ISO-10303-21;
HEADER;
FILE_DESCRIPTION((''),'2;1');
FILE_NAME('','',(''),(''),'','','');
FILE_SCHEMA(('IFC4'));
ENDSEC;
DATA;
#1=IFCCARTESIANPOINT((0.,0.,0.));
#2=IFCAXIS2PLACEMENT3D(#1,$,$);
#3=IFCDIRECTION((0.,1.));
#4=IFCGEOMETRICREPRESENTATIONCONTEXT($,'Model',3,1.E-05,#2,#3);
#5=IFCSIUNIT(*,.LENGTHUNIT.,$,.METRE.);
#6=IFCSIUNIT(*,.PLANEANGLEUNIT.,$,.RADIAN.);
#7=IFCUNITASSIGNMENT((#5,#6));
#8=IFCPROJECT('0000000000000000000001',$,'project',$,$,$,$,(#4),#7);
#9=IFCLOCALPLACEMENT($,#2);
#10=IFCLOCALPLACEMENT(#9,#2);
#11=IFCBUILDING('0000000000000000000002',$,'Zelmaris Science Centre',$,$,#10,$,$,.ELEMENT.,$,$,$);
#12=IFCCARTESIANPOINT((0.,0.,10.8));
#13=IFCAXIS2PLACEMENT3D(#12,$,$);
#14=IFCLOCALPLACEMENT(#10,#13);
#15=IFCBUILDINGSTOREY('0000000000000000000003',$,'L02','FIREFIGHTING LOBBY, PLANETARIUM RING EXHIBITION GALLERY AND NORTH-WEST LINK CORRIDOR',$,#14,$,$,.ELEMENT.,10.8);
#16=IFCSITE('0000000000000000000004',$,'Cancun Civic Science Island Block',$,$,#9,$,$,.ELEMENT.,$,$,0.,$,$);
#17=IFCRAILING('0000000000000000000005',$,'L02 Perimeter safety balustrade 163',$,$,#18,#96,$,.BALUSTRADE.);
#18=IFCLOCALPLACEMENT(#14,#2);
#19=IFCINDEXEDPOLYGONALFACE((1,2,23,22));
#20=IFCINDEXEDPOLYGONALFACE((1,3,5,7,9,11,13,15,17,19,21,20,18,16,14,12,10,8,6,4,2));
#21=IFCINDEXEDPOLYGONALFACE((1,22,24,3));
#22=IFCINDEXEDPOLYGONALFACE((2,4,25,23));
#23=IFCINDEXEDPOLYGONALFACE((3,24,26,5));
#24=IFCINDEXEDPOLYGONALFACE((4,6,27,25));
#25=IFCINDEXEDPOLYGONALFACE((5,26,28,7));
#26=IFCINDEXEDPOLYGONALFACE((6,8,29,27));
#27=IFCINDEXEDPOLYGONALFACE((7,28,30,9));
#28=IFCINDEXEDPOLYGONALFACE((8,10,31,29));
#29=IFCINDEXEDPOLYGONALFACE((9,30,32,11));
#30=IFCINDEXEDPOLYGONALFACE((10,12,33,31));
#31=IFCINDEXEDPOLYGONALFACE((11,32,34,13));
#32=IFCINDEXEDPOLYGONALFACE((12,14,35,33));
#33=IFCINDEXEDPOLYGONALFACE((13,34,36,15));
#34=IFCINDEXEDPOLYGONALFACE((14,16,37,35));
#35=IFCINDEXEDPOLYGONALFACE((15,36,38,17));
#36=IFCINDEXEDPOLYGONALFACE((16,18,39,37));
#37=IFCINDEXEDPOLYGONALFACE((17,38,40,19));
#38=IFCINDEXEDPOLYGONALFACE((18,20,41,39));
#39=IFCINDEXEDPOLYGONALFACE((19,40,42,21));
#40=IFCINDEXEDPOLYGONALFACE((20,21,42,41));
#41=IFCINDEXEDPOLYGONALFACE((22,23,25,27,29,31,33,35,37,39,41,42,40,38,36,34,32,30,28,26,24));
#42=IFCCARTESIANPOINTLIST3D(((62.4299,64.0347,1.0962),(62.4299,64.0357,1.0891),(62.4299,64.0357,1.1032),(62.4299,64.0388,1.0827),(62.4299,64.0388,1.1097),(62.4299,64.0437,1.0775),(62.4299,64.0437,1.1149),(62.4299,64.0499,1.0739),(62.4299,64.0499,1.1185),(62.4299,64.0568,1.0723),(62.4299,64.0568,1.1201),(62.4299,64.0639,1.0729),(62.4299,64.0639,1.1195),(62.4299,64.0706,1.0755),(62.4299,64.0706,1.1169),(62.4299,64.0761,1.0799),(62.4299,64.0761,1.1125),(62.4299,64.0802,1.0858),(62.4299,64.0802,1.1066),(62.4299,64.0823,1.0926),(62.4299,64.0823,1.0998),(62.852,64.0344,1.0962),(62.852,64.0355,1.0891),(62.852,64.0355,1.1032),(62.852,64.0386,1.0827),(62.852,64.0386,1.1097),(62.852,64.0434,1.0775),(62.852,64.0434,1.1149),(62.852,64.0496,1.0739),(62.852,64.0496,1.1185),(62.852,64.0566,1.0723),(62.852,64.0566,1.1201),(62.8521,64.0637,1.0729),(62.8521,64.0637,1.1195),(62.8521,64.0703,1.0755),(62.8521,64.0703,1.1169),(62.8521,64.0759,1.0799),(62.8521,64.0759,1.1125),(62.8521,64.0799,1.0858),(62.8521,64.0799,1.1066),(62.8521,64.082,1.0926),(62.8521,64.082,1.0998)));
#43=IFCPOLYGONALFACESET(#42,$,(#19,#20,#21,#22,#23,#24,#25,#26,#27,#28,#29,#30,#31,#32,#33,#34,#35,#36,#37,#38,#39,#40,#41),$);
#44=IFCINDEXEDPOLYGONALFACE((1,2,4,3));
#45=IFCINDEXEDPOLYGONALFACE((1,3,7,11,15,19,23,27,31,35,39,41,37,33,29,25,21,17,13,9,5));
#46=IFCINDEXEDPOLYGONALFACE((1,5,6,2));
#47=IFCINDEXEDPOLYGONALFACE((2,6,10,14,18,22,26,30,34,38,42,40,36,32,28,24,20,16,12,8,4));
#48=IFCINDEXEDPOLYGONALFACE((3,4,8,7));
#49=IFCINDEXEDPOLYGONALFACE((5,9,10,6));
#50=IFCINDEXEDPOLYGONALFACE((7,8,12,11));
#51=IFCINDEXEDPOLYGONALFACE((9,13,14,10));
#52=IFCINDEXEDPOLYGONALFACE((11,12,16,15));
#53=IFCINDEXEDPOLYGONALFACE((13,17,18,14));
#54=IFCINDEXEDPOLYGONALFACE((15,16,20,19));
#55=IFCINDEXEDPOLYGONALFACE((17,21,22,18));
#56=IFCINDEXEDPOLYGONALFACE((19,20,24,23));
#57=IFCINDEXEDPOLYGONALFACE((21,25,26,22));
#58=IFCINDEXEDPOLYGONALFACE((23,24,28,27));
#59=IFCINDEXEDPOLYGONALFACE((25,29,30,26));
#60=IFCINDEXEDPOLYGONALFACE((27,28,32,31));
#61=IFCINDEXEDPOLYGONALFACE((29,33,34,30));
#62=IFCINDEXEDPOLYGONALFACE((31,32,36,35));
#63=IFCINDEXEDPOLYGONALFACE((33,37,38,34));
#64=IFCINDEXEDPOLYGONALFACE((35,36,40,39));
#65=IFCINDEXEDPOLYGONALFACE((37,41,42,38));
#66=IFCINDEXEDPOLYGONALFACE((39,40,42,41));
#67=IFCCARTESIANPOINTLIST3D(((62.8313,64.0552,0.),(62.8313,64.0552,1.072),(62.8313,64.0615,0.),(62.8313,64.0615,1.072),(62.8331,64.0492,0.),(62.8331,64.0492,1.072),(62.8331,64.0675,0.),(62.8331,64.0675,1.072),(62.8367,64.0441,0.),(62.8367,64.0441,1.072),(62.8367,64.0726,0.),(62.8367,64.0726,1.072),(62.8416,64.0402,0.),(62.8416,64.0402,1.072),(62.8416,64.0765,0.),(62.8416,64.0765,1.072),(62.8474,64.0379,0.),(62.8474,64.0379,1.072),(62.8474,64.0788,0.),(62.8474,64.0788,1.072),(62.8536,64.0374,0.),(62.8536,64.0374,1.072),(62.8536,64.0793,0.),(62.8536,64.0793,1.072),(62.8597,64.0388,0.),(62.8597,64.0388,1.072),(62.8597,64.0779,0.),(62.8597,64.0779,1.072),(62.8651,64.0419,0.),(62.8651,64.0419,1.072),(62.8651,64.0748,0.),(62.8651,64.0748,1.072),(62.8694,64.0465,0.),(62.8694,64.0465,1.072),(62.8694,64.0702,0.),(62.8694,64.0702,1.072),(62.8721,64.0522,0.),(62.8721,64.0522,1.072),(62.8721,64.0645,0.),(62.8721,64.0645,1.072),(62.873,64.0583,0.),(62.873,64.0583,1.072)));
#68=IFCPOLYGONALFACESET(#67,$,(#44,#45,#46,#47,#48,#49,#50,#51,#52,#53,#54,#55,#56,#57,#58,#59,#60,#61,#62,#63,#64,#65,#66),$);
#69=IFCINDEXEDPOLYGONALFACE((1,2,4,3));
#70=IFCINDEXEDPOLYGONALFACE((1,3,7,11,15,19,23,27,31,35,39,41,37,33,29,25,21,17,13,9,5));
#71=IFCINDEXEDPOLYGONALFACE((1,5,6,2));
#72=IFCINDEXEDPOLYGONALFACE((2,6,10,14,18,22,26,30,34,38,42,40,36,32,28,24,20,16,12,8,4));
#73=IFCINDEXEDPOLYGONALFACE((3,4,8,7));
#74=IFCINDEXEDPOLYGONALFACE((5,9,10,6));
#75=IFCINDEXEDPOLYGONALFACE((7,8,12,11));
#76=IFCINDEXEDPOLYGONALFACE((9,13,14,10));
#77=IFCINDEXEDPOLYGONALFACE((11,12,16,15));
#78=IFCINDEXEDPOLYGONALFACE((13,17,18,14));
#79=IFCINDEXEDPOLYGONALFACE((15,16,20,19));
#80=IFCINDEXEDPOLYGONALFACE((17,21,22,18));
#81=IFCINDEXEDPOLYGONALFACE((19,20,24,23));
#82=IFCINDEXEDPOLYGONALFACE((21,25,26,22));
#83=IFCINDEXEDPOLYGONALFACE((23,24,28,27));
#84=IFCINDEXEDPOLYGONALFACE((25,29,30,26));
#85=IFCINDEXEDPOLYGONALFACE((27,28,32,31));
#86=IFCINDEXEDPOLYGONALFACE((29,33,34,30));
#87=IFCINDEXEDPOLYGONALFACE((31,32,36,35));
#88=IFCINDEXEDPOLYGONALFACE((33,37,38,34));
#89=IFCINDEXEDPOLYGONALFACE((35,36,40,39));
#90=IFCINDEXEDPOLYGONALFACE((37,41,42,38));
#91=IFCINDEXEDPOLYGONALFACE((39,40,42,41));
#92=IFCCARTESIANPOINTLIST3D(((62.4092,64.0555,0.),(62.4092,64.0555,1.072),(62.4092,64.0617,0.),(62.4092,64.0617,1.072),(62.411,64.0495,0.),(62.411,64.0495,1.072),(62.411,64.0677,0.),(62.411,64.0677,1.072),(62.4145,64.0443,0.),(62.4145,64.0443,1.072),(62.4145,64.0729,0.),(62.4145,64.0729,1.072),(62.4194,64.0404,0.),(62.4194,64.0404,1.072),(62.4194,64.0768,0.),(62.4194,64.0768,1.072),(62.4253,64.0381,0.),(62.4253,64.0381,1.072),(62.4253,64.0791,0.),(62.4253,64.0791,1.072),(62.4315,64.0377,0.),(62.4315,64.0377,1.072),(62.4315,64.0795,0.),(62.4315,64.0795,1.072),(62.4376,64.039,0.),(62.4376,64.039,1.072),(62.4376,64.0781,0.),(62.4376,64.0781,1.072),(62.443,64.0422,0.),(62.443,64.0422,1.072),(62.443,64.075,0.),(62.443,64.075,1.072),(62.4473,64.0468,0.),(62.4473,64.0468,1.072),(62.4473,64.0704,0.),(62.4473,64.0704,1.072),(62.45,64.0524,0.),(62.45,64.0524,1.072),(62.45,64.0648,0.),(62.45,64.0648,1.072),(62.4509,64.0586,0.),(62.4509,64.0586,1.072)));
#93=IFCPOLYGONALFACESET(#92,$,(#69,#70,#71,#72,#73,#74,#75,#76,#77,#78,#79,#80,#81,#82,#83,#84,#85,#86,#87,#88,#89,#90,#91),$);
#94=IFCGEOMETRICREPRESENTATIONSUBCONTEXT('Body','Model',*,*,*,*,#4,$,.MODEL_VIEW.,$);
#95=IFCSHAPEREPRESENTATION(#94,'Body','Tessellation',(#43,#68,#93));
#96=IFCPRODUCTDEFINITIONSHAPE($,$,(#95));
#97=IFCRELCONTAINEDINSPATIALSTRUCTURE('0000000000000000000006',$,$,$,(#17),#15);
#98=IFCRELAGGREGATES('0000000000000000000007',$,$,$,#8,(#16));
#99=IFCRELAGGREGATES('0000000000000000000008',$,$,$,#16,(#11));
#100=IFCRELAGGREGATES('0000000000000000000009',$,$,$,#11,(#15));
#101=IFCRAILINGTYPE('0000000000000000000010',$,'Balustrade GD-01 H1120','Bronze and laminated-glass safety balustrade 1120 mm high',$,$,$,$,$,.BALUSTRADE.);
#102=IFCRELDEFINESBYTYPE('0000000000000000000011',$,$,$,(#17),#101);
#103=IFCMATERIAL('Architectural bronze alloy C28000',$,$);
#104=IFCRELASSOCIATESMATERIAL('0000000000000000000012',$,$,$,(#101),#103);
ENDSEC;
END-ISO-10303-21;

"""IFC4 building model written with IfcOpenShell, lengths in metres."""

from ifc_helpers import new_model, si_unit, direction, frame, origin, origin_2d, place, context, subcontext, project, spatial, circle, extrude, material, type_object, element, save


model = new_model("IFC4")

# Units and contexts
model_context = context("Model", 3, precision=1e-05, world=origin(), true_north=direction((0.0, 1.0)))
body_context = subcontext(model_context, "Body", "Model", "MODEL_VIEW")
ifc_project = project(units=[si_unit("LENGTHUNIT", "METRE"), si_unit("PLANEANGLEUNIT", "RADIAN")], contexts=[model_context])

# Site, building, storey
site_placement = place(None, origin())
site = spatial("IfcSite", under=ifc_project, at=site_placement, Name="Cancun Civic Science Island Block", CompositionType="ELEMENT", RefElevation=0.0)
building_placement = place(site_placement, origin())
building = spatial("IfcBuilding", under=site, at=building_placement, Name="Zelmaris Science Centre", CompositionType="ELEMENT")
storey_placement = place(building_placement, frame((0.0, 0.0, 10.8)))
storey = spatial("IfcBuildingStorey", under=building, at=storey_placement, Name="L02", Description="FIREFIGHTING LOBBY, PLANETARIUM RING EXHIBITION GALLERY AND NORTH-WEST LINK CORRIDOR", CompositionType="ELEMENT", Elevation=10.8)

# Railing
ifc_material_1 = material(Name="Architectural bronze alloy C28000")
railing_type = type_object("IfcRailingType", Name="Balustrade GD-01 H1120", Description="Bronze and laminated-glass safety balustrade 1120 mm high", PredefinedType="BALUSTRADE", material=ifc_material_1)
railing_1_placement = place(storey_placement, frame((62.8521, 64.0583, 0.0)))
element("IfcRailing", 1, at=railing_1_placement, inside=storey, type_object=railing_type, Name="L02 Perimeter safety balustrade 163", PredefinedType="BALUSTRADE", context=body_context, shape_type="SweptSolid", body=[
    extrude(circle(Radius=0.0239, at=origin_2d()), frame((0.0, 0.0, 1.0962), z_axis=(-1.0, 0.000578, 0.0), x_axis=(-0.000578, -1.0, 0.0)), (0.0, 0.0, 1.0), 0.4221),
    extrude(circle(Radius=0.021, at=origin_2d()), origin(), (0.0, 0.0, 1.0), 1.072),
    extrude(circle(Radius=0.021, at=origin_2d()), frame((-0.4221, 0.0002, 0.0)), (0.0, 0.0, 1.0), 1.072),
])

save(model, "model.ifc")
